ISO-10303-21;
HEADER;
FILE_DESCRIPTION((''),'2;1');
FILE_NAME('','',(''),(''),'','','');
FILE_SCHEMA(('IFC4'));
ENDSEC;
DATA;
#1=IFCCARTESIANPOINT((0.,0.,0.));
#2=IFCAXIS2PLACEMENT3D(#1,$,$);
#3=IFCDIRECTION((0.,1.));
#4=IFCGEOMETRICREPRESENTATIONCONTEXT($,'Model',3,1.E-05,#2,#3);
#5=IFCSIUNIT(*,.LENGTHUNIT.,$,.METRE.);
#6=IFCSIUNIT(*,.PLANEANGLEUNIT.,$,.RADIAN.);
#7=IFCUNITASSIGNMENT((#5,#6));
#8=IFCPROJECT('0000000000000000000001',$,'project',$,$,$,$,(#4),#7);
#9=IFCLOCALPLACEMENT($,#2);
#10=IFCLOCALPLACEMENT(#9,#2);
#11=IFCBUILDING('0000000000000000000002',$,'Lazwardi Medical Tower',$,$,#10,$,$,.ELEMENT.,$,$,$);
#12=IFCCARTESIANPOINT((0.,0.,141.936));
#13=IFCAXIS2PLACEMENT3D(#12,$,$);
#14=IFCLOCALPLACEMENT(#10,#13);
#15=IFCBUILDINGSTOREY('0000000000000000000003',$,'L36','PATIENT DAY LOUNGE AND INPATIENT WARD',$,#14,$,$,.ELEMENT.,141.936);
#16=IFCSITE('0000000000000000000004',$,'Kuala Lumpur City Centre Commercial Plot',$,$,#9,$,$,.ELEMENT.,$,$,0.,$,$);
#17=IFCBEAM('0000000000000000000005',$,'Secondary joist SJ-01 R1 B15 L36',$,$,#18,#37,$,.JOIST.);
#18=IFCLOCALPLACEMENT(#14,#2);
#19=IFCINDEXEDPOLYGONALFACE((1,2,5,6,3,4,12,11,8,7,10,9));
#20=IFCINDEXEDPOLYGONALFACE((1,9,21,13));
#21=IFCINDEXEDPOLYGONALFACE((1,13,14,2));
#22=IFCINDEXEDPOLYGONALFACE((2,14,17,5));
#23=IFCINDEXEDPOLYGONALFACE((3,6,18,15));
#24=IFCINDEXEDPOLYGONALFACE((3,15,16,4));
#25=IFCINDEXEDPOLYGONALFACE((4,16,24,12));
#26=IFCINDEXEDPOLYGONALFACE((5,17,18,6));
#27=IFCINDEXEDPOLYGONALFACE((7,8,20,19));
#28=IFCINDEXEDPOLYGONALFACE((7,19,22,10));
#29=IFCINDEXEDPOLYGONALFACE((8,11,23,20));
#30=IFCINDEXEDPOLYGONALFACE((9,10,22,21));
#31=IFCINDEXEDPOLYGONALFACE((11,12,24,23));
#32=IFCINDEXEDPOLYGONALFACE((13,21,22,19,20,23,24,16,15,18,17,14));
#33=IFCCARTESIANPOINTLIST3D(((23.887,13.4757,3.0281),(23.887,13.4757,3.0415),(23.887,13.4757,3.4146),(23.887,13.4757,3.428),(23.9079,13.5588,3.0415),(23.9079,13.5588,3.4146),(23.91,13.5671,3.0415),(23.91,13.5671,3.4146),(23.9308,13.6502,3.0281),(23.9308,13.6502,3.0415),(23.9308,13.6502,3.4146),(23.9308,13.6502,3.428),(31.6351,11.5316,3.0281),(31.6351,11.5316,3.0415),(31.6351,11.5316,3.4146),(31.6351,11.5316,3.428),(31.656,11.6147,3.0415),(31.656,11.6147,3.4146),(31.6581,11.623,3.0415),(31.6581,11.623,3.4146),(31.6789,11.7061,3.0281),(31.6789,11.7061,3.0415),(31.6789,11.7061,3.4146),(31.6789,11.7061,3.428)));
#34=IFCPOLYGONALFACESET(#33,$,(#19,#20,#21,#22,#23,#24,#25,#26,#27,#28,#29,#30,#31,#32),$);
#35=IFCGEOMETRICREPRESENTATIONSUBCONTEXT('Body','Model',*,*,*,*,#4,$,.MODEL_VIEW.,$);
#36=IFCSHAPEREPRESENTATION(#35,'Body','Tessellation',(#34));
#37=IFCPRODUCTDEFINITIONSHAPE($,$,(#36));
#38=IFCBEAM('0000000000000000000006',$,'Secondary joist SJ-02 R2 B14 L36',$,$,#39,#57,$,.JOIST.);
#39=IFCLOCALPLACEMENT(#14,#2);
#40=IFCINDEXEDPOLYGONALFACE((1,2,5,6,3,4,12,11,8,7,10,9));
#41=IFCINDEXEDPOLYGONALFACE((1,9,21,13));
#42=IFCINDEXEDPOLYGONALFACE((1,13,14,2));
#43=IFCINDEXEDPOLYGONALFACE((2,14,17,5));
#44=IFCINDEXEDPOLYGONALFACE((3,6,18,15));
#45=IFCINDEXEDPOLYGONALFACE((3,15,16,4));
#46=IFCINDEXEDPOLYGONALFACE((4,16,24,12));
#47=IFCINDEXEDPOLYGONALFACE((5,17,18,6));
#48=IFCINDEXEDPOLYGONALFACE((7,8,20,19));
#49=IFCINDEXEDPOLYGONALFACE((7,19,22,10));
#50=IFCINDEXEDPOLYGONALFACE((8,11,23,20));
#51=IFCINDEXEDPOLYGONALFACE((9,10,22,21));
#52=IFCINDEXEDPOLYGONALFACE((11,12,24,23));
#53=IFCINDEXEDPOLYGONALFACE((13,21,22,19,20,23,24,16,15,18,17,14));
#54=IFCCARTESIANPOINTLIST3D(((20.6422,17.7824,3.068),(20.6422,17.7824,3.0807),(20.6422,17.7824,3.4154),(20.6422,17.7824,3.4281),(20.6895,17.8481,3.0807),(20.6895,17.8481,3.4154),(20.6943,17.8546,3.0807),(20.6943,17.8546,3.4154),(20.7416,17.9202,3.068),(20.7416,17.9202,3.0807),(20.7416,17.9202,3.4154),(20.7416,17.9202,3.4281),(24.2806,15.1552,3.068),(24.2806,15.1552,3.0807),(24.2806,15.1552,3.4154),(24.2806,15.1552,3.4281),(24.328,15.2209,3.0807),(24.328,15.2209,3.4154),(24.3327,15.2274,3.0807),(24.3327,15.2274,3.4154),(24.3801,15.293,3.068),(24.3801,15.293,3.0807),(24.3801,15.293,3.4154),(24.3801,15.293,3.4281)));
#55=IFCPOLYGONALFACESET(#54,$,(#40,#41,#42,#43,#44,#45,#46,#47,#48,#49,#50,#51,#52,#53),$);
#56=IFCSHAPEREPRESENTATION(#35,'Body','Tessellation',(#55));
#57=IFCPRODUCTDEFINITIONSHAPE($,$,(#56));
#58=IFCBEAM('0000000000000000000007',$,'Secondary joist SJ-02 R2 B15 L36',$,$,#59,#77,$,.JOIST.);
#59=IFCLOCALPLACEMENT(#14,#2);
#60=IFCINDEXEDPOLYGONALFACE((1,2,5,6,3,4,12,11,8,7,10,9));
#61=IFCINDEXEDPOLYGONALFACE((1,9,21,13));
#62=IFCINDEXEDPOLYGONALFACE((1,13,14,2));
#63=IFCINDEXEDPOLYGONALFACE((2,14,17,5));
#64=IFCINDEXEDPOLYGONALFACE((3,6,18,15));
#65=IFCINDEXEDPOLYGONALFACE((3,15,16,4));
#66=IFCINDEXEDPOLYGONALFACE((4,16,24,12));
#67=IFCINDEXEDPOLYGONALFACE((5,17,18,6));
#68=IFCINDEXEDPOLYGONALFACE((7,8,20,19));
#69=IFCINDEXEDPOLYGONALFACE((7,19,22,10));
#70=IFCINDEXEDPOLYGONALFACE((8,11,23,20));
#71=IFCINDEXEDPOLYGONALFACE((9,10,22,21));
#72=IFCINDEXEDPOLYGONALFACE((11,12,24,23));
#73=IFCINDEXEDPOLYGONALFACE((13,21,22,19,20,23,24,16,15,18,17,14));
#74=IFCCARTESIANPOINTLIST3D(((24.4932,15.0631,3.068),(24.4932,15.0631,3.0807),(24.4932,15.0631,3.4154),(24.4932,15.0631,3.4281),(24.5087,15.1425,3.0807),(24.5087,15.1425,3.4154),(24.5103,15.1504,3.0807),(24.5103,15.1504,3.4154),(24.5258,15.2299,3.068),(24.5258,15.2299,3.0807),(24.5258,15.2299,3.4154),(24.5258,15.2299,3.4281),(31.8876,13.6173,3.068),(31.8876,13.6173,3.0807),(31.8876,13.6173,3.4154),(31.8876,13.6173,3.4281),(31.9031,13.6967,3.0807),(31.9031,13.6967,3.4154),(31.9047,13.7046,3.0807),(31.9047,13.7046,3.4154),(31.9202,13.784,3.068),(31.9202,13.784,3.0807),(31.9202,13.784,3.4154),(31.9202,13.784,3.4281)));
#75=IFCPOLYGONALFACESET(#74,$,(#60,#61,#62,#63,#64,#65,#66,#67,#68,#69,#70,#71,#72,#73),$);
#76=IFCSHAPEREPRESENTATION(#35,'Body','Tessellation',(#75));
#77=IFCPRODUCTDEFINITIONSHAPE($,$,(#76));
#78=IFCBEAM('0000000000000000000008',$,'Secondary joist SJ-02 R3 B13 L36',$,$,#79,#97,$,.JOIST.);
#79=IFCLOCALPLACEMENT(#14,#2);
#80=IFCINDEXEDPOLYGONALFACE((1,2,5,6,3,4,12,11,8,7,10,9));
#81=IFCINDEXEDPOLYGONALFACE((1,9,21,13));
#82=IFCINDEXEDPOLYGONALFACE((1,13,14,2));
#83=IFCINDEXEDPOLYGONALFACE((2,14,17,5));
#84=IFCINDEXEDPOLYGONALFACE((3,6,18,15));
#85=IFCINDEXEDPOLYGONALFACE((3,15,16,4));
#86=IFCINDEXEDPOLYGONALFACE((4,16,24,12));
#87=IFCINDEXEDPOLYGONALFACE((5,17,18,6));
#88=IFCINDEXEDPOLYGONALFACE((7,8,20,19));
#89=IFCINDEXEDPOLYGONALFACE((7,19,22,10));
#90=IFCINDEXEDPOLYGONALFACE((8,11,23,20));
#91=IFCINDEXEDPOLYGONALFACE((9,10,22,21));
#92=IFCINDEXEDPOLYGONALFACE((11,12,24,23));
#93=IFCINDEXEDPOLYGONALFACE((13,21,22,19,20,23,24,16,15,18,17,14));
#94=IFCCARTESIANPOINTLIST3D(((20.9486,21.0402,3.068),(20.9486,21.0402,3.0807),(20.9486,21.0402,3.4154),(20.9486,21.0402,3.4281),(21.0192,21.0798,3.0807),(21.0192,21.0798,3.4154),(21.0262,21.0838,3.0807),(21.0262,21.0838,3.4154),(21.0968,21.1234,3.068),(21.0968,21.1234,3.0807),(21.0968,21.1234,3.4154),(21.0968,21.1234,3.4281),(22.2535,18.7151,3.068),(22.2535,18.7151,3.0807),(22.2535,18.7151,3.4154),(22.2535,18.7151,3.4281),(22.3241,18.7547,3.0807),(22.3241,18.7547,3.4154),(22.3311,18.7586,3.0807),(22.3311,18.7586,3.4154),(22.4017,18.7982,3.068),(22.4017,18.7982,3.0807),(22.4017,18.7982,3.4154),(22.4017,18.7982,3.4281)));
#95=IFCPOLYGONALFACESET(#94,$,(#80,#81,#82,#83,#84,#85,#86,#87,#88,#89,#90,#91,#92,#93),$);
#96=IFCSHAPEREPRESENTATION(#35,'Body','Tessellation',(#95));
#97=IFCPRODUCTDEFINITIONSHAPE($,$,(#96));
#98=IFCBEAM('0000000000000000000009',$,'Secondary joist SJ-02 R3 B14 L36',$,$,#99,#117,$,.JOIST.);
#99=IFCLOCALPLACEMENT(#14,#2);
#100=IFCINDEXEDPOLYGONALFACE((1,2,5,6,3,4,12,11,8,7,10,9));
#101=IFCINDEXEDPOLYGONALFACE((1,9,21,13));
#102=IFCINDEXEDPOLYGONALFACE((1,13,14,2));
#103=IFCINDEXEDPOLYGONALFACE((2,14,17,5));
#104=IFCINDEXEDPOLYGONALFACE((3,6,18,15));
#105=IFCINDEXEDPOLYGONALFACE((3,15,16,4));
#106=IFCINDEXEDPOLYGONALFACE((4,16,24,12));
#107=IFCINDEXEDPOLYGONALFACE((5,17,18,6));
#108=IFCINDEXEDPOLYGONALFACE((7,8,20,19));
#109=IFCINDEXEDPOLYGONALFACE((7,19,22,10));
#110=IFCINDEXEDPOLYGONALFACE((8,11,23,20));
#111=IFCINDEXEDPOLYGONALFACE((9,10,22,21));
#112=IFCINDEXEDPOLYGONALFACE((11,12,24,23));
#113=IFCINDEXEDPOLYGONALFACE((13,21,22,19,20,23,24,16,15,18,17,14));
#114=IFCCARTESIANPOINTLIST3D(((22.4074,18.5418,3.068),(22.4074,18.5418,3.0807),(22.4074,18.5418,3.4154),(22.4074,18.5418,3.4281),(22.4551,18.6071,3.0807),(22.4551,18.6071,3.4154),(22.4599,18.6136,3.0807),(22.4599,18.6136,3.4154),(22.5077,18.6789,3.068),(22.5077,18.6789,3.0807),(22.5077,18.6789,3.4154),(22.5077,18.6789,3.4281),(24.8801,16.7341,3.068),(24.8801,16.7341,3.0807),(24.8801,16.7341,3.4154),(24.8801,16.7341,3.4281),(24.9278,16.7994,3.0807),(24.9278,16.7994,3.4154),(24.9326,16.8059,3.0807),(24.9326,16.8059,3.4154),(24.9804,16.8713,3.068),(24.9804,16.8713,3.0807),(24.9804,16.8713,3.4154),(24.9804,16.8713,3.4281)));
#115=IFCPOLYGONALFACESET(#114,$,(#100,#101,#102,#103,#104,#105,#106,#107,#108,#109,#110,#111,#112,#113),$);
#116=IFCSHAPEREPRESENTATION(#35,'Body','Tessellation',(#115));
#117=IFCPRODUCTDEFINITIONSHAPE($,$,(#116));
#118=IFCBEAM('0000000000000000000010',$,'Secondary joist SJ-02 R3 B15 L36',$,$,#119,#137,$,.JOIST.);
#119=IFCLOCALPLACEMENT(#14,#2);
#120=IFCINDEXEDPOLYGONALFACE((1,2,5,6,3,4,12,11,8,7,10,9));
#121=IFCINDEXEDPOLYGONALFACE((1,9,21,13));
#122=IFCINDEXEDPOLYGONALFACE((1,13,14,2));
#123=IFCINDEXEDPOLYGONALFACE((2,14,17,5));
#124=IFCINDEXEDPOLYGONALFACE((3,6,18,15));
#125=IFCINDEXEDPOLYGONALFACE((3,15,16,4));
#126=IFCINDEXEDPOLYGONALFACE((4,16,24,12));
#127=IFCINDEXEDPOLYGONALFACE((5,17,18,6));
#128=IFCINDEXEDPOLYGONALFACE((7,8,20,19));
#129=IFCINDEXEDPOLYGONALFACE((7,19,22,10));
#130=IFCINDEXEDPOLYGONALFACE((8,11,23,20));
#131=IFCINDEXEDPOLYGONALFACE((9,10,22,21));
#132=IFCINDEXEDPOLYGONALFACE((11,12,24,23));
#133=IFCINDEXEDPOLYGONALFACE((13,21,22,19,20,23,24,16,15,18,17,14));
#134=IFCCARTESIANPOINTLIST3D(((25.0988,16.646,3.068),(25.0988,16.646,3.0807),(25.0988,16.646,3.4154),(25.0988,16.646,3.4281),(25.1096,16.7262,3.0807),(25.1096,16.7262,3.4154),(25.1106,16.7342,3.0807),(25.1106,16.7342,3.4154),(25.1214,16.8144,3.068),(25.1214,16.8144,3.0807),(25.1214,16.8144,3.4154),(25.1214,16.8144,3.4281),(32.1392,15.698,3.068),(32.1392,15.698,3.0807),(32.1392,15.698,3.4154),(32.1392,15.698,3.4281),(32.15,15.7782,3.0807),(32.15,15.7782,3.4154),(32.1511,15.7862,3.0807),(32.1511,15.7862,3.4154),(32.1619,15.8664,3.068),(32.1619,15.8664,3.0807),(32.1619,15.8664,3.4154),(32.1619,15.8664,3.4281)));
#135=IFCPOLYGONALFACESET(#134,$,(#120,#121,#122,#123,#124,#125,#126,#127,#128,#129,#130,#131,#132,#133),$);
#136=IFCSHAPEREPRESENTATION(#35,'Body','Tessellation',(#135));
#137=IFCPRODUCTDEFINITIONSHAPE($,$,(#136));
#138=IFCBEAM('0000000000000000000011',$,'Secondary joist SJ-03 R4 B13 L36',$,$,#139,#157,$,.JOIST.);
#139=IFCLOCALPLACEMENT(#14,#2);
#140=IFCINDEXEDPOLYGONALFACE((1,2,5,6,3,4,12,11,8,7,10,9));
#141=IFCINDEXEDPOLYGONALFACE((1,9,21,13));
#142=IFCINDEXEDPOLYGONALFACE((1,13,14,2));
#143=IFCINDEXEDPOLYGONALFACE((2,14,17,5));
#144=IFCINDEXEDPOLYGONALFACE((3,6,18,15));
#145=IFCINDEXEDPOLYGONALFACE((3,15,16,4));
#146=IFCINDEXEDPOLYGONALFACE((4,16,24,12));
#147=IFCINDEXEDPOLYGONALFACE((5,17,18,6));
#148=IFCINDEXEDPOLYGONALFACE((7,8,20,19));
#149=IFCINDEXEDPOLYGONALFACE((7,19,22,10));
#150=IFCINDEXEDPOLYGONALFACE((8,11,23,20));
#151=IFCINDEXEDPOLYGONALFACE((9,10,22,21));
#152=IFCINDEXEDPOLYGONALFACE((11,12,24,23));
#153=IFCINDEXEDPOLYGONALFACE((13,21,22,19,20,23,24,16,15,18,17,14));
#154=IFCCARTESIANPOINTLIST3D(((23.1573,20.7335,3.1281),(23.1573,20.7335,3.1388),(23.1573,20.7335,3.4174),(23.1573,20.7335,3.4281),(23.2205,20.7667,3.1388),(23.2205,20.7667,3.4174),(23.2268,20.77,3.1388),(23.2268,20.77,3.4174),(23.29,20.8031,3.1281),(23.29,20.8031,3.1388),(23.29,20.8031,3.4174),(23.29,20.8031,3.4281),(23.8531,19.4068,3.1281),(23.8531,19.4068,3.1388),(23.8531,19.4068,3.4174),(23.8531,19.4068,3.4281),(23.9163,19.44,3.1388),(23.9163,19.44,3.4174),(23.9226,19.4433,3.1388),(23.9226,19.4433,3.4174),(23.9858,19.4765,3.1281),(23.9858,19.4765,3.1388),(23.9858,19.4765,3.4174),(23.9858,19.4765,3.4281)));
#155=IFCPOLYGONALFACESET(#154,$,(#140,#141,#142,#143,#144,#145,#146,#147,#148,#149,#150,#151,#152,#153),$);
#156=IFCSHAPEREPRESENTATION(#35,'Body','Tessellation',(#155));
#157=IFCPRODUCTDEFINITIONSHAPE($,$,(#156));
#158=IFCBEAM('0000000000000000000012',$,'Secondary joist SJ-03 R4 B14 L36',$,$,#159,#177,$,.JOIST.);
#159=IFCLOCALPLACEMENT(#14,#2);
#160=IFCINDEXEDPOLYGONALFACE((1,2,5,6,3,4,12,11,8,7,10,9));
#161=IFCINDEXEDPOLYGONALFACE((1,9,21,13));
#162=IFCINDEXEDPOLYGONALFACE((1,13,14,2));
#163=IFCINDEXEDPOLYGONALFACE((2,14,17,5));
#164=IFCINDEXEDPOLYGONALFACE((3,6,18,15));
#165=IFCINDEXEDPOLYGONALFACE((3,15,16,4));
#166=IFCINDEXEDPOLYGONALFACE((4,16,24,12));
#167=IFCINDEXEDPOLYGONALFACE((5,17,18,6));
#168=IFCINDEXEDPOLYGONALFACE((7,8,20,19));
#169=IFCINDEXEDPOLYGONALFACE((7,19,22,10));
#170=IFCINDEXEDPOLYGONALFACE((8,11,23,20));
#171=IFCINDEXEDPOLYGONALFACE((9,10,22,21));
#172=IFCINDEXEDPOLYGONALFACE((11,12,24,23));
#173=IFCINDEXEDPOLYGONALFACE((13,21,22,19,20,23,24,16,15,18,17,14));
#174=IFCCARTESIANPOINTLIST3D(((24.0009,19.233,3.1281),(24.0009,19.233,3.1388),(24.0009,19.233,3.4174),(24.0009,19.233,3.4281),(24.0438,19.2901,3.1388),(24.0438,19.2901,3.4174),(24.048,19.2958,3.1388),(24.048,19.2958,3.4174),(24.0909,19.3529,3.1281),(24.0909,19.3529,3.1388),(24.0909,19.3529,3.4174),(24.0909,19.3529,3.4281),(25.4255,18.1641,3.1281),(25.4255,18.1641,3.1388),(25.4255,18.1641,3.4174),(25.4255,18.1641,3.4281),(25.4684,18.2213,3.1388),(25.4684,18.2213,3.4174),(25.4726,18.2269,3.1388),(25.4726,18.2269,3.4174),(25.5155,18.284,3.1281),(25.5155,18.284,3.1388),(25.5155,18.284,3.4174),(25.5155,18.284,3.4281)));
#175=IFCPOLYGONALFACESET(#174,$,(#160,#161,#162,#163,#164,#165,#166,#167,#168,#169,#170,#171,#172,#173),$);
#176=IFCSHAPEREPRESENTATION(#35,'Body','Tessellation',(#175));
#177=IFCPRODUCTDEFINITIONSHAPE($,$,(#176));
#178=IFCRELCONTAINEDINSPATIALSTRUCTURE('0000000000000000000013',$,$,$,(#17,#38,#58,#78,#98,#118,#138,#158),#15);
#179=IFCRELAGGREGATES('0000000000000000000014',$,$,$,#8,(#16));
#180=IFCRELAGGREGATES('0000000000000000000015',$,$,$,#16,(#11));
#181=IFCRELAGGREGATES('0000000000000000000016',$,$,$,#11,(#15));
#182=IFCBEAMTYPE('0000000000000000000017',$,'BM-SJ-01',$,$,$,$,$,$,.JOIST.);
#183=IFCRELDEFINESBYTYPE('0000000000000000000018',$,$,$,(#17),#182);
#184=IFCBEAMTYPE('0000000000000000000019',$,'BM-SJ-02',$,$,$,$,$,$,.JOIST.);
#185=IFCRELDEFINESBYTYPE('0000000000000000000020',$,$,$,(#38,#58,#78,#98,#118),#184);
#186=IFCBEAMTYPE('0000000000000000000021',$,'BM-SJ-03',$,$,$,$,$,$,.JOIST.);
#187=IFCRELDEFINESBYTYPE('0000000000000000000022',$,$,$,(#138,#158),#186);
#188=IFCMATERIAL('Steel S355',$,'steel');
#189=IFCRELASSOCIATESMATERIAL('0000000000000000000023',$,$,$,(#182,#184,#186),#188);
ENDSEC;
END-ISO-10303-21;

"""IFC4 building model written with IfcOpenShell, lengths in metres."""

from ifc_helpers import new_model, si_unit, direction, frame, origin, origin_2d, place, context, subcontext, project, spatial, i_section, extrude, material, material_profile, profile_set, type_object, element, save


model = new_model("IFC4")

# Units and contexts
model_context = context("Model", 3, precision=1e-05, world=origin(), true_north=direction((0.0, 1.0)))
body_context = subcontext(model_context, "Body", "Model", "MODEL_VIEW")
ifc_project = project(units=[si_unit("LENGTHUNIT", "METRE"), si_unit("PLANEANGLEUNIT", "RADIAN")], contexts=[model_context])

# Site, building, storey
site_placement = place(None, origin())
site = spatial("IfcSite", under=ifc_project, at=site_placement, Name="Kuala Lumpur City Centre Commercial Plot", CompositionType="ELEMENT", RefElevation=0.0)
building_placement = place(site_placement, origin())
building = spatial("IfcBuilding", under=site, at=building_placement, Name="Lazwardi Medical Tower", CompositionType="ELEMENT")
storey_placement = place(building_placement, frame((0.0, 0.0, 141.936)))
storey = spatial("IfcBuildingStorey", under=building, at=storey_placement, Name="L36", Description="PATIENT DAY LOUNGE AND INPATIENT WARD", CompositionType="ELEMENT", Elevation=141.936)

# Beams
ifc_material_1 = material(Name="Steel S355", Category="steel")
ifc_material_profile_1 = material_profile(ifc_material_1, i_section(OverallWidth=0.1799, OverallDepth=0.3999, WebThickness=0.0085, FlangeThickness=0.0134, at=origin_2d()), Name="IPE 400")
ifc_profile_set_1 = profile_set([ifc_material_profile_1], Name="Steel S355")
beam_type_1 = type_object("IfcBeamType", Name="BM-SJ-01", PredefinedType="JOIST", material=ifc_profile_set_1)
beam_1_placement = place(storey_placement, frame((23.9089, 13.563, 3.228), z_axis=(0.969934, -0.24337, 0.0), x_axis=(0.24337, 0.969934, 0.0)))
element("IfcBeam", 1, at=beam_1_placement, inside=storey, type_object=beam_type_1, Name="Secondary joist SJ-01 R1 B15 L36", PredefinedType="JOIST", context=body_context, shape_type="SweptSolid", body=[
    extrude(i_section(OverallWidth=0.1799, OverallDepth=0.3999, WebThickness=0.0085, FlangeThickness=0.0134, at=origin_2d()), origin(), (0.0, 0.0, 1.0), 7.9883),
])
ifc_material_profile_2 = material_profile(ifc_material_1, i_section(OverallWidth=0.1699, OverallDepth=0.3601, WebThickness=0.0081, FlangeThickness=0.0127, at=origin_2d()), Name="IPE 360")
ifc_profile_set_2 = profile_set([ifc_material_profile_2], Name="Steel S355")
beam_type_2 = type_object("IfcBeamType", Name="BM-SJ-02", PredefinedType="JOIST", material=ifc_profile_set_2)
beam_2_placement = place(storey_placement, frame((20.6919, 17.8513, 3.248), z_axis=(0.810738, -0.585409, 0.0), x_axis=(0.585409, 0.810738, 0.0)))
element("IfcBeam", 2, at=beam_2_placement, inside=storey, type_object=beam_type_2, Name="Secondary joist SJ-02 R2 B14 L36", PredefinedType="JOIST", context=body_context, shape_type="SweptSolid", body=[
    extrude(i_section(OverallWidth=0.1699, OverallDepth=0.3601, WebThickness=0.0081, FlangeThickness=0.0127, at=origin_2d()), origin(), (0.0, 0.0, 1.0), 4.4878),
])
beam_3_placement = place(storey_placement, frame((24.5095, 15.1465, 3.248), z_axis=(0.981415, -0.191896, 0.0), x_axis=(0.191896, 0.981415, 0.0)))
element("IfcBeam", 3, at=beam_3_placement, inside=storey, type_object=beam_type_2, Name="Secondary joist SJ-02 R2 B15 L36", PredefinedType="JOIST", context=body_context, shape_type="SweptSolid", body=[
    extrude(i_section(OverallWidth=0.1699, OverallDepth=0.3601, WebThickness=0.0081, FlangeThickness=0.0127, at=origin_2d()), origin(), (0.0, 0.0, 1.0), 7.5344),
])
beam_4_placement = place(storey_placement, frame((21.0227, 21.0818, 3.248), z_axis=(0.489409, -0.872054, 0.0), x_axis=(0.872054, 0.489409, 0.0)))
element("IfcBeam", 4, at=beam_4_placement, inside=storey, type_object=beam_type_2, Name="Secondary joist SJ-02 R3 B13 L36", PredefinedType="JOIST", context=body_context, shape_type="SweptSolid", body=[
    extrude(i_section(OverallWidth=0.1699, OverallDepth=0.3601, WebThickness=0.0081, FlangeThickness=0.0127, at=origin_2d()), origin(), (0.0, 0.0, 1.0), 2.6663),
])
beam_5_placement = place(storey_placement, frame((22.4575, 18.6104, 3.248), z_axis=(0.807286, -0.59016, 0.0), x_axis=(0.59016, 0.807286, 0.0)))
element("IfcBeam", 5, at=beam_5_placement, inside=storey, type_object=beam_type_2, Name="Secondary joist SJ-02 R3 B14 L36", PredefinedType="JOIST", context=body_context, shape_type="SweptSolid", body=[
    extrude(i_section(OverallWidth=0.1699, OverallDepth=0.3601, WebThickness=0.0081, FlangeThickness=0.0127, at=origin_2d()), origin(), (0.0, 0.0, 1.0), 3.063),
])
beam_6_placement = place(storey_placement, frame((25.1101, 16.7302, 3.248), z_axis=(0.991056, -0.133444, 0.0), x_axis=(0.133444, 0.991056, 0.0)))
element("IfcBeam", 6, at=beam_6_placement, inside=storey, type_object=beam_type_2, Name="Secondary joist SJ-02 R3 B15 L36", PredefinedType="JOIST", context=body_context, shape_type="SweptSolid", body=[
    extrude(i_section(OverallWidth=0.1699, OverallDepth=0.3601, WebThickness=0.0081, FlangeThickness=0.0127, at=origin_2d()), origin(), (0.0, 0.0, 1.0), 7.104),
])
ifc_material_profile_3 = material_profile(ifc_material_1, i_section(OverallWidth=0.1499, OverallDepth=0.3, WebThickness=0.0071, FlangeThickness=0.0107, at=origin_2d()), Name="IPE 300")
ifc_profile_set_3 = profile_set([ifc_material_profile_3], Name="Steel S355")
beam_type_3 = type_object("IfcBeamType", Name="BM-SJ-03", PredefinedType="JOIST", material=ifc_profile_set_3)
beam_7_placement = place(storey_placement, frame((23.2236, 20.7683, 3.2781), z_axis=(0.46447, -0.885589, 0.0), x_axis=(0.885589, 0.46447, 0.0)))
element("IfcBeam", 7, at=beam_7_placement, inside=storey, type_object=beam_type_3, Name="Secondary joist SJ-03 R4 B13 L36", PredefinedType="JOIST", context=body_context, shape_type="SweptSolid", body=[
    extrude(i_section(OverallWidth=0.1499, OverallDepth=0.3, WebThickness=0.0071, FlangeThickness=0.0107, at=origin_2d()), origin(), (0.0, 0.0, 1.0), 1.498),
])
beam_8_placement = place(storey_placement, frame((24.0459, 19.293, 3.2781), z_axis=(0.799885, -0.600154, 0.0), x_axis=(0.600154, 0.799885, 0.0)))
element("IfcBeam", 8, at=beam_8_placement, inside=storey, type_object=beam_type_3, Name="Secondary joist SJ-03 R4 B14 L36", PredefinedType="JOIST", context=body_context, shape_type="SweptSolid", body=[
    extrude(i_section(OverallWidth=0.1499, OverallDepth=0.3, WebThickness=0.0071, FlangeThickness=0.0107, at=origin_2d()), origin(), (0.0, 0.0, 1.0), 1.781),
])

save(model, "model.ifc")
